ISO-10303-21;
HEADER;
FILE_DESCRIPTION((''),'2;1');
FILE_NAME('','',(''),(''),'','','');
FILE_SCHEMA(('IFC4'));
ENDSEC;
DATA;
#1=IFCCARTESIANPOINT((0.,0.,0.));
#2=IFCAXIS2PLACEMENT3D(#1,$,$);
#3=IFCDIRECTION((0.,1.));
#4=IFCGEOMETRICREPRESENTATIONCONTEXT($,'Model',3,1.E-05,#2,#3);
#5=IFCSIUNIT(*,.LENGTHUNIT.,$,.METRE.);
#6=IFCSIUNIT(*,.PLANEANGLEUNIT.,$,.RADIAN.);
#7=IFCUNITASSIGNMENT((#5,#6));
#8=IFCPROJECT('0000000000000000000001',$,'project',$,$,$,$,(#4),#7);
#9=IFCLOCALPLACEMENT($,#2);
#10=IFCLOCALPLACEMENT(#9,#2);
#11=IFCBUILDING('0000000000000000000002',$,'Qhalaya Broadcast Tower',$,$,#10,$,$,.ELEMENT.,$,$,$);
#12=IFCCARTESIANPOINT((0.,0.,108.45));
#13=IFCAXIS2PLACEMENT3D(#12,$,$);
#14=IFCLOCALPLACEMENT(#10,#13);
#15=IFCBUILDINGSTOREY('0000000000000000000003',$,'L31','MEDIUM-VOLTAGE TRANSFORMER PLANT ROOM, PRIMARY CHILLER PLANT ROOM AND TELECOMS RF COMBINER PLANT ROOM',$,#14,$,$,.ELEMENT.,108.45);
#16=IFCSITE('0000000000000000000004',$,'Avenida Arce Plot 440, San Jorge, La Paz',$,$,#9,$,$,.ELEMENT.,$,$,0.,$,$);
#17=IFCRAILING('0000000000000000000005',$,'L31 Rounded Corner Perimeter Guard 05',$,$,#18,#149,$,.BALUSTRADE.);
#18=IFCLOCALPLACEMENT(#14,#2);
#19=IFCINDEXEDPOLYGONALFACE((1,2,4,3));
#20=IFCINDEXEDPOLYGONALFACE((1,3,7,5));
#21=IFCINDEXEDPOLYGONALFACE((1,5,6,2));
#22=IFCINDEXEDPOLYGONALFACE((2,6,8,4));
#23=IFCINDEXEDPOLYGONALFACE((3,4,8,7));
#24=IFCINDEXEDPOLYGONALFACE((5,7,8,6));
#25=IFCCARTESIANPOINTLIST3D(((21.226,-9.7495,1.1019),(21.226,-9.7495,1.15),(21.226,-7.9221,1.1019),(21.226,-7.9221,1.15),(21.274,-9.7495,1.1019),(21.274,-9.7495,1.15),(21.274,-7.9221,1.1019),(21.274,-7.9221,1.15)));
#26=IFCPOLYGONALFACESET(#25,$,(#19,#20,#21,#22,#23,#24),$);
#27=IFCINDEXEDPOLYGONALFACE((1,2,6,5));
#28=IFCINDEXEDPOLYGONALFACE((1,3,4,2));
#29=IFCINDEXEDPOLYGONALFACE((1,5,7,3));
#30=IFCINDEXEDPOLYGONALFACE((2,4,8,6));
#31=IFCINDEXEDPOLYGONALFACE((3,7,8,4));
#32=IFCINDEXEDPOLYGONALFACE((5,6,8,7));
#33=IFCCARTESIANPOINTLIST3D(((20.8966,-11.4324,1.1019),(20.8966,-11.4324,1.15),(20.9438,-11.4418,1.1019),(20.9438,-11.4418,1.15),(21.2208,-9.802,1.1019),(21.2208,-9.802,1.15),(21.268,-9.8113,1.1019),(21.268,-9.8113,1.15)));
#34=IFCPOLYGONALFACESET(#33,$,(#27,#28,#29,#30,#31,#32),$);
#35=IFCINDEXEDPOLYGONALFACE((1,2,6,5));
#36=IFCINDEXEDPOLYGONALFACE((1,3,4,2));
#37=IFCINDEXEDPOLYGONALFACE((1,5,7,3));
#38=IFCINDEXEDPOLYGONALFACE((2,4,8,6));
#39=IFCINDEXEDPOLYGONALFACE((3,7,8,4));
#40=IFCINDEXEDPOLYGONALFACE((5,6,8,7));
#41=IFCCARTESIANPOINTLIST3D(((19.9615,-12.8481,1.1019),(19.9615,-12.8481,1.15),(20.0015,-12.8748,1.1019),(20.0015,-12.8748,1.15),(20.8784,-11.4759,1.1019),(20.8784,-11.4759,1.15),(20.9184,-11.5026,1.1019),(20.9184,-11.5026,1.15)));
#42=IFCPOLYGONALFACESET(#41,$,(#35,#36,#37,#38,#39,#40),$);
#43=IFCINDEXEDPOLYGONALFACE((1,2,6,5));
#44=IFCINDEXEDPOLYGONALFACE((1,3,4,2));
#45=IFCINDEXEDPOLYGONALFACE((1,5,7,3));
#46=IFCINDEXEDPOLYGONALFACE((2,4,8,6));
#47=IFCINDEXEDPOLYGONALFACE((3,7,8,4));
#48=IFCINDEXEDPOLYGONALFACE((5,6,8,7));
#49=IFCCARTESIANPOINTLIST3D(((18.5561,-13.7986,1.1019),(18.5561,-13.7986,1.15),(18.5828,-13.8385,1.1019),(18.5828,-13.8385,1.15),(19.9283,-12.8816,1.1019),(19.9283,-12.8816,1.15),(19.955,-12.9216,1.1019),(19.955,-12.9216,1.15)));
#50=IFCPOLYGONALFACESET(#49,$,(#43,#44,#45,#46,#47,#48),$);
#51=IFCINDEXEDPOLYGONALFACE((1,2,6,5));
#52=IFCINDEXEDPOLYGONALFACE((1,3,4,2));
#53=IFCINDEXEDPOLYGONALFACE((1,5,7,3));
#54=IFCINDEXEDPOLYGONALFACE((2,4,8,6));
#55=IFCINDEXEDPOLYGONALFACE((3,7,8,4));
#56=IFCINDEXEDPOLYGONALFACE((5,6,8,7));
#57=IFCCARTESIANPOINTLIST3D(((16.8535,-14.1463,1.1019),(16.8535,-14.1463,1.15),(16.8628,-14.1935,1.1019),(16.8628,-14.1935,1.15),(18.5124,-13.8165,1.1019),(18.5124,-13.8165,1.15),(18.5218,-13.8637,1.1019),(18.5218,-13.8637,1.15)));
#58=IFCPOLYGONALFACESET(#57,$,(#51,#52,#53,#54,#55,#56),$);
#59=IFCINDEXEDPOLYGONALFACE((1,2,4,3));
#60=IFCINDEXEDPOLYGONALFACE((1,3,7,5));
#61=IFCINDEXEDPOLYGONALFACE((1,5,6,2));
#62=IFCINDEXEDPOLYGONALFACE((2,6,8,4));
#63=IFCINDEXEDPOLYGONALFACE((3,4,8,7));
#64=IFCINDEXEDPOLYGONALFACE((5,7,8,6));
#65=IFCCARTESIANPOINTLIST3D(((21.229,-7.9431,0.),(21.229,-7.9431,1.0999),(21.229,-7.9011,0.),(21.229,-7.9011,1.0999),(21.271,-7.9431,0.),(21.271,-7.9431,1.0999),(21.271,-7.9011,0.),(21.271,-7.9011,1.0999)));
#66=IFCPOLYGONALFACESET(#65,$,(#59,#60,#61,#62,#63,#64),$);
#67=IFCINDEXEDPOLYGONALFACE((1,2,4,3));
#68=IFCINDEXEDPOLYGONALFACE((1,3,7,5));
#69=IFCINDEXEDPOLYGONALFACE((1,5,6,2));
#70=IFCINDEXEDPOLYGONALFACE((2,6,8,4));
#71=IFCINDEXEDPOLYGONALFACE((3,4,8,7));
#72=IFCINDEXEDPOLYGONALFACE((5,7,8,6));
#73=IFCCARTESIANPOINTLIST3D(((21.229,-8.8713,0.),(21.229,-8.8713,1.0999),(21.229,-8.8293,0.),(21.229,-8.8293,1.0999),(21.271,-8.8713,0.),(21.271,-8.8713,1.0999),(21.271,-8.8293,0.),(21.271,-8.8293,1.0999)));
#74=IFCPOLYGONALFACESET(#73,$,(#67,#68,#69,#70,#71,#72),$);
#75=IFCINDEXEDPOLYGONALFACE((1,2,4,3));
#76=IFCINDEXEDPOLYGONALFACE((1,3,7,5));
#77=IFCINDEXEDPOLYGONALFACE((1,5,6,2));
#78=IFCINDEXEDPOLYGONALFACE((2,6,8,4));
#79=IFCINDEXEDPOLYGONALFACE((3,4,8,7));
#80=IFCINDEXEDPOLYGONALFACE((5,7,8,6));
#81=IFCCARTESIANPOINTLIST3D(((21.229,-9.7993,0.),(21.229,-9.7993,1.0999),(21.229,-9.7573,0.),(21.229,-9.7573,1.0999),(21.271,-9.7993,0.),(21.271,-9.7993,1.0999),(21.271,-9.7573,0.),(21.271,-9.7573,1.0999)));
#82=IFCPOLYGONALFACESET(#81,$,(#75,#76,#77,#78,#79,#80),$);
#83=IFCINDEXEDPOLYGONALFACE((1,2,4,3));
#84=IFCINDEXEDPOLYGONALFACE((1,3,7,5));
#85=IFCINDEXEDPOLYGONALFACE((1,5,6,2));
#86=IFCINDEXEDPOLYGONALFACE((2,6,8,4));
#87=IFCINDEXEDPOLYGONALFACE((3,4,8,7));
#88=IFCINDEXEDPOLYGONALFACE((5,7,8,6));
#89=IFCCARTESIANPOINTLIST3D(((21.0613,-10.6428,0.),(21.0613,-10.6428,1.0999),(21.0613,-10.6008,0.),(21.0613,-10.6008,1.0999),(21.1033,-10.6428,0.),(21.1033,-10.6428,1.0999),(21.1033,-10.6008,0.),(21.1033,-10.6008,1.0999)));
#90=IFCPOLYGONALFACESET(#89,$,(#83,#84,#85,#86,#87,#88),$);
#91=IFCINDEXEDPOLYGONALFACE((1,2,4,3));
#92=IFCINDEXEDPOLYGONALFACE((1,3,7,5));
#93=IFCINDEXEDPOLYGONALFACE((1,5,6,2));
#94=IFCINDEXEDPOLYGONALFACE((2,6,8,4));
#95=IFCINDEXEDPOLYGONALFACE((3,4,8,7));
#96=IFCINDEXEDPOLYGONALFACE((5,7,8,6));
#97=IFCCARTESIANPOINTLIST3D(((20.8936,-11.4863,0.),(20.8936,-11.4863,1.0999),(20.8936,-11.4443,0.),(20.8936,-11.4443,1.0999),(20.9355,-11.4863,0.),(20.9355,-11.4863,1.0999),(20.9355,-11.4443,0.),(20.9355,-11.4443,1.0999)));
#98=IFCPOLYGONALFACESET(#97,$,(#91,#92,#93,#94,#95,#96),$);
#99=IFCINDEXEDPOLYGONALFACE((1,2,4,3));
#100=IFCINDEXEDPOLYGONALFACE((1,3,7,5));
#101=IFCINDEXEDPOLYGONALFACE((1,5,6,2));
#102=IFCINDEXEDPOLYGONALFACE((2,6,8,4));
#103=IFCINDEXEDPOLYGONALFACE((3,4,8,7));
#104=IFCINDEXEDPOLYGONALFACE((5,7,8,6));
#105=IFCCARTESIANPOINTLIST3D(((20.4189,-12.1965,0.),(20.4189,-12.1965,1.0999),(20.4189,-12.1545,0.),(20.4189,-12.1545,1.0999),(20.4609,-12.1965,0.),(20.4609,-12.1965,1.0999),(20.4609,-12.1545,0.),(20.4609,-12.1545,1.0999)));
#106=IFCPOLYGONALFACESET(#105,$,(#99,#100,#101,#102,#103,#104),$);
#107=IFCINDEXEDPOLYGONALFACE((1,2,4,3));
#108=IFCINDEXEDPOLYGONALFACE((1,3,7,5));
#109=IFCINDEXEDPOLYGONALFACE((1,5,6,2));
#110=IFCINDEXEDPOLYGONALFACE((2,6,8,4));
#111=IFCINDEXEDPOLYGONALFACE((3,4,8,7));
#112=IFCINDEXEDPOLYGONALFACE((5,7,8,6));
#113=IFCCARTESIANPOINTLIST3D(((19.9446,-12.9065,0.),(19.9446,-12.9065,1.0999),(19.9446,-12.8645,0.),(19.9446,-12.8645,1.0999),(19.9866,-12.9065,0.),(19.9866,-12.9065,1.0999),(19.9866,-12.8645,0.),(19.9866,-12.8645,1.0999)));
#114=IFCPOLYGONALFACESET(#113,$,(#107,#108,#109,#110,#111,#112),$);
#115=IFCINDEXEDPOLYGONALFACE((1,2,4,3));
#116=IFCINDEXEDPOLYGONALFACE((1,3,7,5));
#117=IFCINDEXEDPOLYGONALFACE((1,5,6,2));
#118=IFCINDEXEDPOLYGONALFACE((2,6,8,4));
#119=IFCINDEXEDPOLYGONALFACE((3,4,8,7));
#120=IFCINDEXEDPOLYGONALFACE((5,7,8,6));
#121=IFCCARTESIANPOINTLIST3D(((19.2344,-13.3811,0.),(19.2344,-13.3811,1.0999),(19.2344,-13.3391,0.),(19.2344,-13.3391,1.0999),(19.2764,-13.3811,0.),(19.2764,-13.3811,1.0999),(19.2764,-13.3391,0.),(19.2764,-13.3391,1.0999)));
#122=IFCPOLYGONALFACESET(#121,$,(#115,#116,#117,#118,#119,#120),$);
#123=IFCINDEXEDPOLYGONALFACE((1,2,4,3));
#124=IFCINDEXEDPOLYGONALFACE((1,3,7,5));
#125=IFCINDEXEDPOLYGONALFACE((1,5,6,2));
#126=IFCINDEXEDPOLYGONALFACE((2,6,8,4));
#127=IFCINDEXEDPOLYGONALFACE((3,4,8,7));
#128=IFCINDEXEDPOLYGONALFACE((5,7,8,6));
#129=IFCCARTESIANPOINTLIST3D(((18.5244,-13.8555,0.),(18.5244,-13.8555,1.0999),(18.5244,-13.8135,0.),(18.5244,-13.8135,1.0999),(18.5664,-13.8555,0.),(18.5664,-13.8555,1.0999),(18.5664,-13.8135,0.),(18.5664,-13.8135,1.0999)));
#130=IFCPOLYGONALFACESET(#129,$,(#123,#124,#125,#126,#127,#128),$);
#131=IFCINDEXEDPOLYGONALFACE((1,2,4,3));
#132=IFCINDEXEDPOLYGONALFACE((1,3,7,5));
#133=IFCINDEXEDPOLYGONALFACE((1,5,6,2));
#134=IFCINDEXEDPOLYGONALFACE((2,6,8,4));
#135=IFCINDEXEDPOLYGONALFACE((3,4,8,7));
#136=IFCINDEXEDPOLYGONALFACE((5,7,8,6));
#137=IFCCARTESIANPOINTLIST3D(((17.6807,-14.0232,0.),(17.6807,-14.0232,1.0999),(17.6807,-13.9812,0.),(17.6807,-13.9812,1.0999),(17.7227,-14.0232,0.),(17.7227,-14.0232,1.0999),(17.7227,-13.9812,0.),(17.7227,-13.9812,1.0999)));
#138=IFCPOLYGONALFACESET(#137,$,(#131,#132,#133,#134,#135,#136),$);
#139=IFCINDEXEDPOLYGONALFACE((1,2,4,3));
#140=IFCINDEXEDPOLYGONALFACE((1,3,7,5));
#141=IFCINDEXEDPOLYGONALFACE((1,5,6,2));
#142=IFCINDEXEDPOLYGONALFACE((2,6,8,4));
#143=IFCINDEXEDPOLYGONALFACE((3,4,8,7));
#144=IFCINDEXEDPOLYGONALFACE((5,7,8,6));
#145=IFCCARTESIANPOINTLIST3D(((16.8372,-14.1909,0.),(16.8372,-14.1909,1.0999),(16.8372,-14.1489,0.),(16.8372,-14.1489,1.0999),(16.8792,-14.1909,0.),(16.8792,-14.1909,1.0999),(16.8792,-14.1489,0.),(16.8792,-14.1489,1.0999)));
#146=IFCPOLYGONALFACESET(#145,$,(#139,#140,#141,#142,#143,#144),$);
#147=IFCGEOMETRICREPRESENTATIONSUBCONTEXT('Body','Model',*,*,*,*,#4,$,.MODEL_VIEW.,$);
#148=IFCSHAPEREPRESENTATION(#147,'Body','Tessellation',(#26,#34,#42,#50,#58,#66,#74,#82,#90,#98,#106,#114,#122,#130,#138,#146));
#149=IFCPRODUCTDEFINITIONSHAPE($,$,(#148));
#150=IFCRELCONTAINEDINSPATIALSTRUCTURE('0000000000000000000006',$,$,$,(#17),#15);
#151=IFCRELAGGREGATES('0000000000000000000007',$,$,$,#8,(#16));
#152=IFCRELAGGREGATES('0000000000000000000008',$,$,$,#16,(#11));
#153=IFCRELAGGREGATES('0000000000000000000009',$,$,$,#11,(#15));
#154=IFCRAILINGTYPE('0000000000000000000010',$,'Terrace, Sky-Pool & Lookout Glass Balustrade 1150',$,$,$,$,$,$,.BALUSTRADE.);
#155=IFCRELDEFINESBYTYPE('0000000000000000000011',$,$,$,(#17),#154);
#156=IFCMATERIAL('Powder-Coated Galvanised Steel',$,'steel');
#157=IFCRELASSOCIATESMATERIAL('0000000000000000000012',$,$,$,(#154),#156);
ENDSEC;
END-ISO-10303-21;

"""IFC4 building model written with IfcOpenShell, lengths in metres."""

from ifc_helpers import new_model, si_unit, direction, frame, origin, origin_2d, place, context, subcontext, project, spatial, rectangle, extrude, material, type_object, element, save


model = new_model("IFC4")

# Units and contexts
model_context = context("Model", 3, precision=1e-05, world=origin(), true_north=direction((0.0, 1.0)))
body_context = subcontext(model_context, "Body", "Model", "MODEL_VIEW")
ifc_project = project(units=[si_unit("LENGTHUNIT", "METRE"), si_unit("PLANEANGLEUNIT", "RADIAN")], contexts=[model_context])

# Site, building, storey
site_placement = place(None, origin())
site = spatial("IfcSite", under=ifc_project, at=site_placement, Name="Avenida Arce Plot 440, San Jorge, La Paz", CompositionType="ELEMENT", RefElevation=0.0)
building_placement = place(site_placement, origin())
building = spatial("IfcBuilding", under=site, at=building_placement, Name="Qhalaya Broadcast Tower", CompositionType="ELEMENT")
storey_placement = place(building_placement, frame((0.0, 0.0, 108.45)))
storey = spatial("IfcBuildingStorey", under=building, at=storey_placement, Name="L31", Description="MEDIUM-VOLTAGE TRANSFORMER PLANT ROOM, PRIMARY CHILLER PLANT ROOM AND TELECOMS RF COMBINER PLANT ROOM", CompositionType="ELEMENT", Elevation=108.45)

# Railing
ifc_material_1 = material(Name="Powder-Coated Galvanised Steel", Category="steel")
railing_type = type_object("IfcRailingType", Name="Terrace, Sky-Pool & Lookout Glass Balustrade 1150", PredefinedType="BALUSTRADE", material=ifc_material_1)
railing_1_placement = place(storey_placement, frame((21.25, -7.9221, 0.0)))
element("IfcRailing", 1, at=railing_1_placement, inside=storey, type_object=railing_type, Name="L31 Rounded Corner Perimeter Guard 05", PredefinedType="BALUSTRADE", context=body_context, shape_type="SweptSolid", body=[
    extrude(rectangle(XDim=0.0481, YDim=0.0481, at=origin_2d()), frame((0.0, 0.0, 1.126), z_axis=(0.0, -1.0, 0.0), x_axis=(1.0, 0.0, 0.0)), (0.0, 0.0, 1.0), 1.8274),
    extrude(rectangle(XDim=0.0481, YDim=0.0481, at=origin_2d()), frame((-0.0056, -1.8845, 1.126), z_axis=(-0.195024, -0.980798, 0.0), x_axis=(0.980798, -0.195024, 0.0)), (0.0, 0.0, 1.0), 1.6624),
    extrude(rectangle(XDim=0.0481, YDim=0.0481, at=origin_2d()), frame((-0.3516, -3.5671, 1.126), z_axis=(-0.55559, -0.831456, 0.0), x_axis=(0.831456, -0.55559, 0.0)), (0.0, 0.0, 1.0), 1.6504),
    extrude(rectangle(XDim=0.0481, YDim=0.0481, at=origin_2d()), frame((-1.3083, -4.9795, 1.126), z_axis=(-0.831456, -0.55559, 0.0), x_axis=(0.55559, -0.831456, 0.0)), (0.0, 0.0, 1.0), 1.6504),
    extrude(rectangle(XDim=0.0481, YDim=0.0481, at=origin_2d()), frame((-2.7329, -5.918, 1.126), z_axis=(-0.980804, -0.194997, 0.0), x_axis=(0.194997, -0.980804, 0.0)), (0.0, 0.0, 1.0), 1.6914),
    extrude(rectangle(XDim=0.042, YDim=0.042, at=origin_2d()), origin(), (0.0, 0.0, 1.0), 1.0999),
    extrude(rectangle(XDim=0.042, YDim=0.042, at=origin_2d()), frame((0.0, -0.9282, 0.0)), (0.0, 0.0, 1.0), 1.0999),
    extrude(rectangle(XDim=0.042, YDim=0.042, at=origin_2d()), frame((0.0, -1.8562, 0.0)), (0.0, 0.0, 1.0), 1.0999),
    extrude(rectangle(XDim=0.042, YDim=0.042, at=origin_2d()), frame((-0.1677, -2.6997, 0.0)), (0.0, 0.0, 1.0), 1.0999),
    extrude(rectangle(XDim=0.042, YDim=0.042, at=origin_2d()), frame((-0.3354, -3.5432, 0.0)), (0.0, 0.0, 1.0), 1.0999),
    extrude(rectangle(XDim=0.042, YDim=0.042, at=origin_2d()), frame((-0.8101, -4.2534, 0.0)), (0.0, 0.0, 1.0), 1.0999),
    extrude(rectangle(XDim=0.042, YDim=0.042, at=origin_2d()), frame((-1.2844, -4.9634, 0.0)), (0.0, 0.0, 1.0), 1.0999),
    extrude(rectangle(XDim=0.042, YDim=0.042, at=origin_2d()), frame((-1.9946, -5.438, 0.0)), (0.0, 0.0, 1.0), 1.0999),
    extrude(rectangle(XDim=0.042, YDim=0.042, at=origin_2d()), frame((-2.7046, -5.9124, 0.0)), (0.0, 0.0, 1.0), 1.0999),
    extrude(rectangle(XDim=0.042, YDim=0.042, at=origin_2d()), frame((-3.5483, -6.0801, 0.0)), (0.0, 0.0, 1.0), 1.0999),
    extrude(rectangle(XDim=0.042, YDim=0.042, at=origin_2d()), frame((-4.3918, -6.2478, 0.0)), (0.0, 0.0, 1.0), 1.0999),
])

save(model, "model.ifc")
